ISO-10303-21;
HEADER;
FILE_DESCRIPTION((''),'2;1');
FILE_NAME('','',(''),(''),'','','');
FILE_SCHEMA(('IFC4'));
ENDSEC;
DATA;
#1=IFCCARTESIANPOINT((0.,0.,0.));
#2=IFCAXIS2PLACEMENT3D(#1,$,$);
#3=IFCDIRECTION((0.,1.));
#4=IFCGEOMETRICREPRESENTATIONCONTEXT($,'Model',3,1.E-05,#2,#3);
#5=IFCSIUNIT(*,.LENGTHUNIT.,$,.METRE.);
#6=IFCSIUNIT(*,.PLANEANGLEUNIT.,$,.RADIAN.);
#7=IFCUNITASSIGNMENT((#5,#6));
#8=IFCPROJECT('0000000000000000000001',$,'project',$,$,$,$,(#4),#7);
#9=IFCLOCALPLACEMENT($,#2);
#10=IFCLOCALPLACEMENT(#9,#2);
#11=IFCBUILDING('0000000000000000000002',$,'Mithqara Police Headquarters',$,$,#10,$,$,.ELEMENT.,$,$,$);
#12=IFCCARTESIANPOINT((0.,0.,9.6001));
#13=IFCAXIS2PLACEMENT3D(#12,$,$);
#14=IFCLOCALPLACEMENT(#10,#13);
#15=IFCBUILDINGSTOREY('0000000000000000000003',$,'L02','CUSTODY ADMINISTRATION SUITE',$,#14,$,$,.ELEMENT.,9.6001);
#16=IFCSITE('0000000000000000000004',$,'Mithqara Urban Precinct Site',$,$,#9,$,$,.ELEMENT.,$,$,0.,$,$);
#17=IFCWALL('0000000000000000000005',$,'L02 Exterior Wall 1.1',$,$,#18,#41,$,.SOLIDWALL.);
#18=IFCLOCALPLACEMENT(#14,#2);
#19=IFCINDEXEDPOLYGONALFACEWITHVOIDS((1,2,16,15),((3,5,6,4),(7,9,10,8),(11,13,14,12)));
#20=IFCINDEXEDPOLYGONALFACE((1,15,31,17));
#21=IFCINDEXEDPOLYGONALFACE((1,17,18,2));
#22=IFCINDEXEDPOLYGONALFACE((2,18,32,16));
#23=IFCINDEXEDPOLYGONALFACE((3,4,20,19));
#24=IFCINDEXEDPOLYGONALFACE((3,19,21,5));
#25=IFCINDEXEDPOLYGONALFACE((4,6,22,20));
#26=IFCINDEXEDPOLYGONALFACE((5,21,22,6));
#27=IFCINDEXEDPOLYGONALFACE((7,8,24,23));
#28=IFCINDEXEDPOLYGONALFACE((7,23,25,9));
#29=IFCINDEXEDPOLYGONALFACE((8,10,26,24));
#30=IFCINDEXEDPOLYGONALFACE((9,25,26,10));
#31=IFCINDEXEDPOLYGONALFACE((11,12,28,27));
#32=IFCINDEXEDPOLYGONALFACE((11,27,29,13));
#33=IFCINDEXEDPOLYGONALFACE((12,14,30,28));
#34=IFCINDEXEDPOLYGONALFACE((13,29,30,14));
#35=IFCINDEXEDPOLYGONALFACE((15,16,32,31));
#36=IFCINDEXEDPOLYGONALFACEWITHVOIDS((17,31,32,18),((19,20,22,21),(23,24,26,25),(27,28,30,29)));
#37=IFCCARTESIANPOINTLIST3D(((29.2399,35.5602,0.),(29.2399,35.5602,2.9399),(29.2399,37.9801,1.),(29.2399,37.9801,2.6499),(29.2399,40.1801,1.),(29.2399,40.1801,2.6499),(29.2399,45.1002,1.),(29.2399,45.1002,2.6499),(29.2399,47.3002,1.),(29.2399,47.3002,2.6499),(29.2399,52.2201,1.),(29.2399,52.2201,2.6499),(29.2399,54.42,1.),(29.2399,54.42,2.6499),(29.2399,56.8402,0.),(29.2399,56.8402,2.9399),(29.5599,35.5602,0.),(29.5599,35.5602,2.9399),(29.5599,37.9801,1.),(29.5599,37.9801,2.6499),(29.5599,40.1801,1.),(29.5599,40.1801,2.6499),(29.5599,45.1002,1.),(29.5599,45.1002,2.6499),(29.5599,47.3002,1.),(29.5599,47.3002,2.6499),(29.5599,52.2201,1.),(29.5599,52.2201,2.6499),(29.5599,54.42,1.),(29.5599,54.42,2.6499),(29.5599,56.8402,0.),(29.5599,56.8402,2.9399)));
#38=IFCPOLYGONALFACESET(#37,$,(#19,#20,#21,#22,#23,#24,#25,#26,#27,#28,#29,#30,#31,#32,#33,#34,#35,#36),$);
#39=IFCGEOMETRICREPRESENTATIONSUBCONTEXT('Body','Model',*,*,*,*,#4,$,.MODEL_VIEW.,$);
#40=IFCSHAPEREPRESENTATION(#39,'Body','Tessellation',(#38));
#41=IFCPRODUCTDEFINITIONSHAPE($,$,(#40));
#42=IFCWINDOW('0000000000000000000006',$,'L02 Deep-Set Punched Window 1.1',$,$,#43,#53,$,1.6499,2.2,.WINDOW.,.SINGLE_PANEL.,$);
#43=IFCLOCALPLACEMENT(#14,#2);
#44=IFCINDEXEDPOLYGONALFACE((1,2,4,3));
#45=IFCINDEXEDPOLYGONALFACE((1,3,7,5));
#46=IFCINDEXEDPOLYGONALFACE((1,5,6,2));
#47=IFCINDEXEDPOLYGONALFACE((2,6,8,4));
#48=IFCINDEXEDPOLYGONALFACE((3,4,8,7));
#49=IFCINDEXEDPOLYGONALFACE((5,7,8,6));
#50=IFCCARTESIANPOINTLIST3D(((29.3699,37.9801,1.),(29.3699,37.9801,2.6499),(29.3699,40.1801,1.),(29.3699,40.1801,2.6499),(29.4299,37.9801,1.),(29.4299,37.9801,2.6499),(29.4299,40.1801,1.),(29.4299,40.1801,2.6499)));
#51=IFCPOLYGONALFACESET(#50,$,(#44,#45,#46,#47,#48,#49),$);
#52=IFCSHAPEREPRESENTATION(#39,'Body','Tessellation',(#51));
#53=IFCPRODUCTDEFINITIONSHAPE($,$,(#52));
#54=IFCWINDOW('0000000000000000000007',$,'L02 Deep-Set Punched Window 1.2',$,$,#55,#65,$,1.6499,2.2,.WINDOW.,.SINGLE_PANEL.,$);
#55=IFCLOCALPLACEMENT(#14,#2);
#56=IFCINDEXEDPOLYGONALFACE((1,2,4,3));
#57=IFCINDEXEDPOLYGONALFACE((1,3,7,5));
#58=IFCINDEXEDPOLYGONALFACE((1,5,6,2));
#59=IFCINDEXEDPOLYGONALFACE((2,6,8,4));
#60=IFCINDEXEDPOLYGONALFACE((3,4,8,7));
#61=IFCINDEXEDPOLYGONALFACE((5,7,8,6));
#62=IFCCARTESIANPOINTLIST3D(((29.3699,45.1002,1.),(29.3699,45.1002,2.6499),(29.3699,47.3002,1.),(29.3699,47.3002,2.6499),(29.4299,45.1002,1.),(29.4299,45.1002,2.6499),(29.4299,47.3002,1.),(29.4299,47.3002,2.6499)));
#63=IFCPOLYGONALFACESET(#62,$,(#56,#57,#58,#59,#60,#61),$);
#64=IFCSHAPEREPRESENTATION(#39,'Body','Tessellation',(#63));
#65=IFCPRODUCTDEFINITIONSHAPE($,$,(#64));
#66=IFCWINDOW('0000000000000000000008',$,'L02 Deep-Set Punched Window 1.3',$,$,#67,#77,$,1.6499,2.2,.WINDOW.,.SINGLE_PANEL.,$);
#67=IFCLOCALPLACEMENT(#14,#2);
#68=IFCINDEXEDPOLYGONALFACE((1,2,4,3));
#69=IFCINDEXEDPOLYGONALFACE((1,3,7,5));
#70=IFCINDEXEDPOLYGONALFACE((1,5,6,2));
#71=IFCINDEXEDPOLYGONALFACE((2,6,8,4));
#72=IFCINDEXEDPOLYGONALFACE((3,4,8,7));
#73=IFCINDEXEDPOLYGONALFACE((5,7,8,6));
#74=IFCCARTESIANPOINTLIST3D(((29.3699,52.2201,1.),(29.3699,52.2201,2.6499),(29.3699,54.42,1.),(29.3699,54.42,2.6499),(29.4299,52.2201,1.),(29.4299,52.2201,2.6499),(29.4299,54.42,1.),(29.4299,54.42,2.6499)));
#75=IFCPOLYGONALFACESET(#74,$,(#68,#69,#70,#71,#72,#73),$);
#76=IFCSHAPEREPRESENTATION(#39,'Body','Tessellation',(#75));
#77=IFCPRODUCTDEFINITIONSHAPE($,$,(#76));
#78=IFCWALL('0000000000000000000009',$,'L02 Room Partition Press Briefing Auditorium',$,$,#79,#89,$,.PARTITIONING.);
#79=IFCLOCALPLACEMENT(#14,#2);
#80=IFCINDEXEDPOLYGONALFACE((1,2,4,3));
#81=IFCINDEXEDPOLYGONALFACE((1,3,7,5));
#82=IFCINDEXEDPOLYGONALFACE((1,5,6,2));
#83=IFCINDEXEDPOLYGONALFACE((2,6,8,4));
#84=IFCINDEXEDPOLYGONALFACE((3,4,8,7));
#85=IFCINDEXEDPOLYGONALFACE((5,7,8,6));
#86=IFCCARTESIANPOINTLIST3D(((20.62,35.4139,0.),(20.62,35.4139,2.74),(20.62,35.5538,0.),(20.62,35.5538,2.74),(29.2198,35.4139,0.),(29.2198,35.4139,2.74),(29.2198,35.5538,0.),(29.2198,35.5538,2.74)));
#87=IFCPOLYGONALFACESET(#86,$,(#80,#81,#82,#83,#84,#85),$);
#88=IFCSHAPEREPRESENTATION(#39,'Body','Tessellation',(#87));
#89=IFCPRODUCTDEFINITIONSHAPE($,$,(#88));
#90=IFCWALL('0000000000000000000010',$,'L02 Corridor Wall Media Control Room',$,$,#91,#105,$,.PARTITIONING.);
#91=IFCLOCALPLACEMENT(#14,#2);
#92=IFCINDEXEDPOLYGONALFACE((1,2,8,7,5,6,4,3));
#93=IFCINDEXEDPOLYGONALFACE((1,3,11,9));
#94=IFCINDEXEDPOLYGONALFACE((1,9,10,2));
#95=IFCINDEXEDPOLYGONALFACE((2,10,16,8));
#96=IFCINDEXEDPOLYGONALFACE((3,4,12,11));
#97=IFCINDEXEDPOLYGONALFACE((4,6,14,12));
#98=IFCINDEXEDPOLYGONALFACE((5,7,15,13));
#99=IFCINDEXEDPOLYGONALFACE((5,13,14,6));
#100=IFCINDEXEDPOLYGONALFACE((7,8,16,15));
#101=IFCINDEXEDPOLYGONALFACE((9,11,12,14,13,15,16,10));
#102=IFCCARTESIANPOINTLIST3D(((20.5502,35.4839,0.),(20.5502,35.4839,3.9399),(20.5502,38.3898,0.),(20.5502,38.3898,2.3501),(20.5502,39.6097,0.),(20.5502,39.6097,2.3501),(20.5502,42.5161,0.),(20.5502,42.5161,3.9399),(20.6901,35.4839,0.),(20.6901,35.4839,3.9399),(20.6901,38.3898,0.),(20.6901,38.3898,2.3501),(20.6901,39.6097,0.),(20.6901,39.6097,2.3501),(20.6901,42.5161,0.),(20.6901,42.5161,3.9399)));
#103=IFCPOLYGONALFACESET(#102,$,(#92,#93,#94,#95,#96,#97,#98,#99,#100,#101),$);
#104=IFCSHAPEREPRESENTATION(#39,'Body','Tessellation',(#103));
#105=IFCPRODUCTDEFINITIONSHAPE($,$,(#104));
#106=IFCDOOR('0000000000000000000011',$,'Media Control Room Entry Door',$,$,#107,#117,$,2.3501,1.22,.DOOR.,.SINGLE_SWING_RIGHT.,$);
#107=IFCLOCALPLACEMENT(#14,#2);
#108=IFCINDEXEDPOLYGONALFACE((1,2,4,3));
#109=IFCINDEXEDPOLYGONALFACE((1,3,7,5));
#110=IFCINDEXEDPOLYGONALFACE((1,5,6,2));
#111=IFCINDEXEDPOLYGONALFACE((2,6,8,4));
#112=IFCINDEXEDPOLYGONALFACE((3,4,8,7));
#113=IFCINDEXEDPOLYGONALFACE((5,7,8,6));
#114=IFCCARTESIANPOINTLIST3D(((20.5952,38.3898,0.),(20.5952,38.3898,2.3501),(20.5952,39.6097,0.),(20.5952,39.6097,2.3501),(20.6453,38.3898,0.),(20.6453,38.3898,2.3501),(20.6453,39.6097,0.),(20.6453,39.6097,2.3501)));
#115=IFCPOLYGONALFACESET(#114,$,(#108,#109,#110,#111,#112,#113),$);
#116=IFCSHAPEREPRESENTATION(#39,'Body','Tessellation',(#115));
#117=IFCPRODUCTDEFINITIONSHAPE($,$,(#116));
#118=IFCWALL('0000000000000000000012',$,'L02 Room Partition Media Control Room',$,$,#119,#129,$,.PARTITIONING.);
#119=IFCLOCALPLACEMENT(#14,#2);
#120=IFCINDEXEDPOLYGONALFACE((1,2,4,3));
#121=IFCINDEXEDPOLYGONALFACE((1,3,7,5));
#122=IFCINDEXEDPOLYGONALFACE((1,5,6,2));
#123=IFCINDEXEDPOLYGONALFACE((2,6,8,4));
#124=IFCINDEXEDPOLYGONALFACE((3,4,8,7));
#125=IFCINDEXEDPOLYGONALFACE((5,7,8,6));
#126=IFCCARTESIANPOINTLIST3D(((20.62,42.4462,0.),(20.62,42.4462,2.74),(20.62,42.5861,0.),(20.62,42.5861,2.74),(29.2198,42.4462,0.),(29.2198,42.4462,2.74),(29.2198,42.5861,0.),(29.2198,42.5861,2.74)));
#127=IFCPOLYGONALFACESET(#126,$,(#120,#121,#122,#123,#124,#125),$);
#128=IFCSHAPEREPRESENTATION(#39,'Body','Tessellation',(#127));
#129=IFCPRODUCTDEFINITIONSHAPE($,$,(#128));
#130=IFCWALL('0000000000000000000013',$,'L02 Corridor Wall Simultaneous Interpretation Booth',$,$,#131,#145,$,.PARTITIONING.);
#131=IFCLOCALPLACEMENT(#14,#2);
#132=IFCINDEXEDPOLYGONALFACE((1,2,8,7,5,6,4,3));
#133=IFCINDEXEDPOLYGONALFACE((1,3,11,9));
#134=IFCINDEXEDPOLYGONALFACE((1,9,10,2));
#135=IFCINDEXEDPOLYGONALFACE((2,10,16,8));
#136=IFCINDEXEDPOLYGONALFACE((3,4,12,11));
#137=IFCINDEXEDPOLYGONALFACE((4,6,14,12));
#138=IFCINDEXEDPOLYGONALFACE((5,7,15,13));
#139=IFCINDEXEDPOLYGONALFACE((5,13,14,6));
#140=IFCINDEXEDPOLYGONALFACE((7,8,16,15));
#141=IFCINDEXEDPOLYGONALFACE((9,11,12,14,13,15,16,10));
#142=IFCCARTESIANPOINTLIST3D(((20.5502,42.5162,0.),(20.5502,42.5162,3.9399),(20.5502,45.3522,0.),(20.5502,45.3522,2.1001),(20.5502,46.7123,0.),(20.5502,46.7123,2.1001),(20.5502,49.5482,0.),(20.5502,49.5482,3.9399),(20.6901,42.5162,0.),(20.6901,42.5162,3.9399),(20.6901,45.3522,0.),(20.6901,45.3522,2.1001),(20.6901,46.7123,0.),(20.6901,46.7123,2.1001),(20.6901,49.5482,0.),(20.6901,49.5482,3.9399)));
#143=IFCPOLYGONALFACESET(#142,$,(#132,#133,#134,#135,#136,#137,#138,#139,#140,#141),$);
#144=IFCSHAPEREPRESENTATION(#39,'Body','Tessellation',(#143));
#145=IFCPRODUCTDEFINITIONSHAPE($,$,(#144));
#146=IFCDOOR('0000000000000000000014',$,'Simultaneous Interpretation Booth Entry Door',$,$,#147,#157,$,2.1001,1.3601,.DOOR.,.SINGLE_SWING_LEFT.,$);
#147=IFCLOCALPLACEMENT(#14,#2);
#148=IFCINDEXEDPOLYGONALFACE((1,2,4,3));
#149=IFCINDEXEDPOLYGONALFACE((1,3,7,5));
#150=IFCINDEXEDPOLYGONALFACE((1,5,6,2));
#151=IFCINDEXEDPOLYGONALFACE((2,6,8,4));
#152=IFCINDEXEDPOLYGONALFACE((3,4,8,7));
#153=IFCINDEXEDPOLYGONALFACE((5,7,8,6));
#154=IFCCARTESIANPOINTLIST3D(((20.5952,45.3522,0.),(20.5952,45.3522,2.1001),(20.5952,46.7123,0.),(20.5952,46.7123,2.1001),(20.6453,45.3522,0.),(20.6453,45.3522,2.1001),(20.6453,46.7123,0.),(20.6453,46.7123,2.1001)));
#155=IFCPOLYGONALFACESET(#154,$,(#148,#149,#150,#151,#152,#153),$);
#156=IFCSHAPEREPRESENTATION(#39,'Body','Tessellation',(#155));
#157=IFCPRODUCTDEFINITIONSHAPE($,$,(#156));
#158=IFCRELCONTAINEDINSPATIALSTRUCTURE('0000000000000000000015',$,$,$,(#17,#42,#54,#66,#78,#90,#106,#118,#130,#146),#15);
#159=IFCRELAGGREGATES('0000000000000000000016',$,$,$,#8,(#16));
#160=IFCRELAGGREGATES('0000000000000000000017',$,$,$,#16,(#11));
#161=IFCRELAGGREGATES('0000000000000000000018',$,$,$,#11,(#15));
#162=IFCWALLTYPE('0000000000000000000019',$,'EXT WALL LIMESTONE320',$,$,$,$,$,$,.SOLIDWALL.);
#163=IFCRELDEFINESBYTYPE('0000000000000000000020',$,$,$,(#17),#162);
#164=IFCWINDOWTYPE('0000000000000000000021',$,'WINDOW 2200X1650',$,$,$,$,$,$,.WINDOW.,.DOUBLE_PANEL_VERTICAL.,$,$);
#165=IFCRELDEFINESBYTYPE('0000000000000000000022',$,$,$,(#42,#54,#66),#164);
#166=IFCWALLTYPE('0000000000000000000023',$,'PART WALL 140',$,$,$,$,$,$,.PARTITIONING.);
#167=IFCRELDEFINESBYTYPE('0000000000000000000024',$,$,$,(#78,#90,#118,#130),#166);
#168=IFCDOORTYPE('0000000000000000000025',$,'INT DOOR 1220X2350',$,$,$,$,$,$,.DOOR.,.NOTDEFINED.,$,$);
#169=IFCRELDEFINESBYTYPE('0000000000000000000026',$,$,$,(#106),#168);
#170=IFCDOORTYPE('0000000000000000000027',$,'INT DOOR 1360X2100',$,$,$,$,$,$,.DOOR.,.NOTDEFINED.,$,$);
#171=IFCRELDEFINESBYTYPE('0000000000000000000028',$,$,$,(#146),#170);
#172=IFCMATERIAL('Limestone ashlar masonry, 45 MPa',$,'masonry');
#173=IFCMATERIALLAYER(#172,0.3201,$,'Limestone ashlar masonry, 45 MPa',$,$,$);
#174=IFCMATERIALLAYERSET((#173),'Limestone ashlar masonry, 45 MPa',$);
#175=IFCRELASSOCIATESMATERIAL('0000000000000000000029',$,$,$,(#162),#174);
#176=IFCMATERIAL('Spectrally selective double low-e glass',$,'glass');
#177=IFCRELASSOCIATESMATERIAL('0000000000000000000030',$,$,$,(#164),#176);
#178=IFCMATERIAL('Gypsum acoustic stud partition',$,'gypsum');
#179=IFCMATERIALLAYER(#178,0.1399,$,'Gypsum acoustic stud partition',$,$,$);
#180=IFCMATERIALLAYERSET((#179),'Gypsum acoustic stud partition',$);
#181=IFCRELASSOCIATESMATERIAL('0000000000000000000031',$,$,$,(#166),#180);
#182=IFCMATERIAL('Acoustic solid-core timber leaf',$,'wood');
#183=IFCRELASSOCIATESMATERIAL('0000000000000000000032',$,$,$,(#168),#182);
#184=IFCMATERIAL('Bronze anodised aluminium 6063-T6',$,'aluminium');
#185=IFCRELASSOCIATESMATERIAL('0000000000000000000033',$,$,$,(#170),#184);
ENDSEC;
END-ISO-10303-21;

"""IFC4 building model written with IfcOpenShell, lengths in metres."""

from ifc_helpers import new_model, si_unit, direction, frame, frame_2d, origin, place, context, subcontext, project, spatial, rectangle, extrude, material, layer, layer_set, type_object, element, fill, save


model = new_model("IFC4")

# Units and contexts
model_context = context("Model", 3, precision=1e-05, world=origin(), true_north=direction((0.0, 1.0)))
body_context = subcontext(model_context, "Body", "Model", "MODEL_VIEW")
ifc_project = project(units=[si_unit("LENGTHUNIT", "METRE"), si_unit("PLANEANGLEUNIT", "RADIAN")], contexts=[model_context])

# Site, building, storey
site_placement = place(None, origin())
site = spatial("IfcSite", under=ifc_project, at=site_placement, Name="Mithqara Urban Precinct Site", CompositionType="ELEMENT", RefElevation=0.0)
building_placement = place(site_placement, origin())
building = spatial("IfcBuilding", under=site, at=building_placement, Name="Mithqara Police Headquarters", CompositionType="ELEMENT")
storey_placement = place(building_placement, frame((0.0, 0.0, 9.6001)))
storey = spatial("IfcBuildingStorey", under=building, at=storey_placement, Name="L02", Description="CUSTODY ADMINISTRATION SUITE", CompositionType="ELEMENT", Elevation=9.6001)

# Wall, openings, windows
ifc_material_1 = material(Name="Limestone ashlar masonry, 45 MPa", Category="masonry")
ifc_layer_1 = layer(ifc_material_1, 0.3201, Name="Limestone ashlar masonry, 45 MPa")
ifc_layer_set_1 = layer_set([ifc_layer_1], Name="Limestone ashlar masonry, 45 MPa")
wall_type_1 = type_object("IfcWallType", Name="EXT WALL LIMESTONE320", PredefinedType="SOLIDWALL", material=ifc_layer_set_1)
wall_1_placement = place(storey_placement, frame((29.3999, 35.5601, 0.0), z_axis=(0.0, 0.0, 1.0), x_axis=(0.0, 1.0, 0.0)))
wall_1 = element("IfcWall", 1, at=wall_1_placement, inside=storey, type_object=wall_type_1, Name="L02 Exterior Wall 1.1", PredefinedType="SOLIDWALL", context=body_context, shape_type="SweptSolid", body=[
    extrude(rectangle(XDim=21.28, YDim=0.3201, at=frame_2d((10.6401, 0.0))), origin(), (0.0, 0.0, 1.0), 2.9399),
])
opening_1_placement = place(wall_1_placement, frame((2.4199, 0.0, 1.0)))
opening_1 = element("IfcOpeningElement", 2, at=opening_1_placement, cuts=wall_1, PredefinedType="OPENING", context=body_context, shape_type="SweptSolid", body=[
    extrude(rectangle(XDim=2.2, YDim=1.6499, at=frame_2d((1.1001, 0.825))), frame((0.0, 0.1699, 0.0), z_axis=(0.0, -1.0, 0.0), x_axis=(1.0, 0.0, 0.0)), (0.0, 0.0, 1.0), 0.3401),
])
opening_2_placement = place(wall_1_placement, frame((9.54, 0.0, 1.0)))
opening_2 = element("IfcOpeningElement", 3, at=opening_2_placement, cuts=wall_1, PredefinedType="OPENING", context=body_context, shape_type="SweptSolid", body=[
    extrude(rectangle(XDim=2.2, YDim=1.6499, at=frame_2d((1.1001, 0.825))), frame((0.0, 0.1699, 0.0), z_axis=(0.0, -1.0, 0.0), x_axis=(1.0, 0.0, 0.0)), (0.0, 0.0, 1.0), 0.3401),
])
opening_3_placement = place(wall_1_placement, frame((16.6599, 0.0, 1.0)))
opening_3 = element("IfcOpeningElement", 4, at=opening_3_placement, cuts=wall_1, PredefinedType="OPENING", context=body_context, shape_type="SweptSolid", body=[
    extrude(rectangle(XDim=2.2, YDim=1.6499, at=frame_2d((1.1001, 0.825))), frame((0.0, 0.1699, 0.0), z_axis=(0.0, -1.0, 0.0), x_axis=(1.0, 0.0, 0.0)), (0.0, 0.0, 1.0), 0.3401),
])
ifc_material_2 = material(Name="Spectrally selective double low-e glass", Category="glass")
window_type = type_object("IfcWindowType", Name="WINDOW 2200X1650", PartitioningType="DOUBLE_PANEL_VERTICAL", PredefinedType="WINDOW", material=ifc_material_2)
window_1_placement = place(opening_1_placement, origin())
window_1 = element("IfcWindow", 5, at=window_1_placement, inside=storey, type_object=window_type, Name="L02 Deep-Set Punched Window 1.1", OverallHeight=1.6499, OverallWidth=2.2, PartitioningType="SINGLE_PANEL", PredefinedType="WINDOW", context=body_context, shape_type="SweptSolid", body=[
    extrude(rectangle(XDim=2.2, YDim=1.6499, at=frame_2d((1.1001, 0.825))), frame((0.0, 0.03, 0.0), z_axis=(0.0, -1.0, 0.0), x_axis=(1.0, 0.0, 0.0)), (0.0, 0.0, 1.0), 0.0601),
])
fill(opening_1, window_1)
window_2_placement = place(opening_2_placement, origin())
window_2 = element("IfcWindow", 6, at=window_2_placement, inside=storey, type_object=window_type, Name="L02 Deep-Set Punched Window 1.2", OverallHeight=1.6499, OverallWidth=2.2, PartitioningType="SINGLE_PANEL", PredefinedType="WINDOW", context=body_context, shape_type="SweptSolid", body=[
    extrude(rectangle(XDim=2.2, YDim=1.6499, at=frame_2d((1.1001, 0.825))), frame((0.0, 0.03, 0.0), z_axis=(0.0, -1.0, 0.0), x_axis=(1.0, 0.0, 0.0)), (0.0, 0.0, 1.0), 0.0601),
])
fill(opening_2, window_2)
window_3_placement = place(opening_3_placement, origin())
window_3 = element("IfcWindow", 7, at=window_3_placement, inside=storey, type_object=window_type, Name="L02 Deep-Set Punched Window 1.3", OverallHeight=1.6499, OverallWidth=2.2, PartitioningType="SINGLE_PANEL", PredefinedType="WINDOW", context=body_context, shape_type="SweptSolid", body=[
    extrude(rectangle(XDim=2.2, YDim=1.6499, at=frame_2d((1.1001, 0.825))), frame((0.0, 0.03, 0.0), z_axis=(0.0, -1.0, 0.0), x_axis=(1.0, 0.0, 0.0)), (0.0, 0.0, 1.0), 0.0601),
])
fill(opening_3, window_3)

# Wall
ifc_material_3 = material(Name="Gypsum acoustic stud partition", Category="gypsum")
ifc_layer_2 = layer(ifc_material_3, 0.1399, Name="Gypsum acoustic stud partition")
ifc_layer_set_2 = layer_set([ifc_layer_2], Name="Gypsum acoustic stud partition")
wall_type_2 = type_object("IfcWallType", Name="PART WALL 140", PredefinedType="PARTITIONING", material=ifc_layer_set_2)
wall_2_placement = place(storey_placement, frame((20.6201, 35.4839, 0.0), z_axis=(0.0, 0.0, 1.0), x_axis=(1.0, 0.0, 0.0)))
element("IfcWall", 8, at=wall_2_placement, inside=storey, type_object=wall_type_2, Name="L02 Room Partition Press Briefing Auditorium", PredefinedType="PARTITIONING", context=body_context, shape_type="SweptSolid", body=[
    extrude(rectangle(XDim=8.5999, YDim=0.1399, at=frame_2d((4.2998, 0.0))), origin(), (0.0, 0.0, 1.0), 2.74),
])

# Wall, opening, door
wall_3_placement = place(storey_placement, frame((20.6201, 35.4839, 0.0), z_axis=(0.0, 0.0, 1.0), x_axis=(0.0, 1.0, 0.0)))
wall_3 = element("IfcWall", 9, at=wall_3_placement, inside=storey, type_object=wall_type_2, Name="L02 Corridor Wall Media Control Room", PredefinedType="PARTITIONING", context=body_context, shape_type="SweptSolid", body=[
    extrude(rectangle(XDim=7.0322, YDim=0.1399, at=frame_2d((3.5161, 0.0))), origin(), (0.0, 0.0, 1.0), 3.9399),
])
opening_4_placement = place(wall_3_placement, frame((2.906, 0.0, 0.0)))
opening_4 = element("IfcOpeningElement", 10, at=opening_4_placement, cuts=wall_3, PredefinedType="OPENING", context=body_context, shape_type="SweptSolid", body=[
    extrude(rectangle(XDim=1.22, YDim=2.3501, at=frame_2d((0.6099, 1.175))), frame((0.0, 0.0801, 0.0), z_axis=(0.0, -1.0, 0.0), x_axis=(1.0, 0.0, 0.0)), (0.0, 0.0, 1.0), 0.1599),
])
ifc_material_4 = material(Name="Acoustic solid-core timber leaf", Category="wood")
door_type_1 = type_object("IfcDoorType", Name="INT DOOR 1220X2350", OperationType="NOTDEFINED", PredefinedType="DOOR", material=ifc_material_4)
door_1_placement = place(opening_4_placement, origin())
door_1 = element("IfcDoor", 11, at=door_1_placement, inside=storey, type_object=door_type_1, Name="Media Control Room Entry Door", OperationType="SINGLE_SWING_RIGHT", OverallHeight=2.3501, OverallWidth=1.22, PredefinedType="DOOR", context=body_context, shape_type="SweptSolid", body=[
    extrude(rectangle(XDim=1.22, YDim=2.3501, at=frame_2d((0.6099, 1.175))), frame((0.0, 0.0249, 0.0), z_axis=(0.0, -1.0, 0.0), x_axis=(1.0, 0.0, 0.0)), (0.0, 0.0, 1.0), 0.05),
])
fill(opening_4, door_1)

# Wall
wall_4_placement = place(storey_placement, frame((20.6201, 42.5161, 0.0), z_axis=(0.0, 0.0, 1.0), x_axis=(1.0, 0.0, 0.0)))
element("IfcWall", 12, at=wall_4_placement, inside=storey, type_object=wall_type_2, Name="L02 Room Partition Media Control Room", PredefinedType="PARTITIONING", context=body_context, shape_type="SweptSolid", body=[
    extrude(rectangle(XDim=8.5999, YDim=0.1399, at=frame_2d((4.2998, 0.0))), origin(), (0.0, 0.0, 1.0), 2.74),
])

# Wall, opening, door
wall_5_placement = place(storey_placement, frame((20.6201, 42.5161, 0.0), z_axis=(0.0, 0.0, 1.0), x_axis=(0.0, 1.0, 0.0)))
wall_5 = element("IfcWall", 13, at=wall_5_placement, inside=storey, type_object=wall_type_2, Name="L02 Corridor Wall Simultaneous Interpretation Booth", PredefinedType="PARTITIONING", context=body_context, shape_type="SweptSolid", body=[
    extrude(rectangle(XDim=7.032, YDim=0.1399, at=frame_2d((3.5161, 0.0))), origin(), (0.0, 0.0, 1.0), 3.9399),
])
opening_5_placement = place(wall_5_placement, frame((2.8359, 0.0, 0.0)))
opening_5 = element("IfcOpeningElement", 14, at=opening_5_placement, cuts=wall_5, PredefinedType="OPENING", context=body_context, shape_type="SweptSolid", body=[
    extrude(rectangle(XDim=1.3601, YDim=2.1001, at=frame_2d((0.6802, 1.05))), frame((0.0, 0.0801, 0.0), z_axis=(0.0, -1.0, 0.0), x_axis=(1.0, 0.0, 0.0)), (0.0, 0.0, 1.0), 0.1599),
])
ifc_material_5 = material(Name="Bronze anodised aluminium 6063-T6", Category="aluminium")
door_type_2 = type_object("IfcDoorType", Name="INT DOOR 1360X2100", OperationType="NOTDEFINED", PredefinedType="DOOR", material=ifc_material_5)
door_2_placement = place(opening_5_placement, origin())
door_2 = element("IfcDoor", 15, at=door_2_placement, inside=storey, type_object=door_type_2, Name="Simultaneous Interpretation Booth Entry Door", OperationType="SINGLE_SWING_LEFT", OverallHeight=2.1001, OverallWidth=1.3601, PredefinedType="DOOR", context=body_context, shape_type="SweptSolid", body=[
    extrude(rectangle(XDim=1.3601, YDim=2.1001, at=frame_2d((0.6802, 1.05))), frame((0.0, 0.0249, 0.0), z_axis=(0.0, -1.0, 0.0), x_axis=(1.0, 0.0, 0.0)), (0.0, 0.0, 1.0), 0.05),
])
fill(opening_5, door_2)

save(model, "model.ifc")
